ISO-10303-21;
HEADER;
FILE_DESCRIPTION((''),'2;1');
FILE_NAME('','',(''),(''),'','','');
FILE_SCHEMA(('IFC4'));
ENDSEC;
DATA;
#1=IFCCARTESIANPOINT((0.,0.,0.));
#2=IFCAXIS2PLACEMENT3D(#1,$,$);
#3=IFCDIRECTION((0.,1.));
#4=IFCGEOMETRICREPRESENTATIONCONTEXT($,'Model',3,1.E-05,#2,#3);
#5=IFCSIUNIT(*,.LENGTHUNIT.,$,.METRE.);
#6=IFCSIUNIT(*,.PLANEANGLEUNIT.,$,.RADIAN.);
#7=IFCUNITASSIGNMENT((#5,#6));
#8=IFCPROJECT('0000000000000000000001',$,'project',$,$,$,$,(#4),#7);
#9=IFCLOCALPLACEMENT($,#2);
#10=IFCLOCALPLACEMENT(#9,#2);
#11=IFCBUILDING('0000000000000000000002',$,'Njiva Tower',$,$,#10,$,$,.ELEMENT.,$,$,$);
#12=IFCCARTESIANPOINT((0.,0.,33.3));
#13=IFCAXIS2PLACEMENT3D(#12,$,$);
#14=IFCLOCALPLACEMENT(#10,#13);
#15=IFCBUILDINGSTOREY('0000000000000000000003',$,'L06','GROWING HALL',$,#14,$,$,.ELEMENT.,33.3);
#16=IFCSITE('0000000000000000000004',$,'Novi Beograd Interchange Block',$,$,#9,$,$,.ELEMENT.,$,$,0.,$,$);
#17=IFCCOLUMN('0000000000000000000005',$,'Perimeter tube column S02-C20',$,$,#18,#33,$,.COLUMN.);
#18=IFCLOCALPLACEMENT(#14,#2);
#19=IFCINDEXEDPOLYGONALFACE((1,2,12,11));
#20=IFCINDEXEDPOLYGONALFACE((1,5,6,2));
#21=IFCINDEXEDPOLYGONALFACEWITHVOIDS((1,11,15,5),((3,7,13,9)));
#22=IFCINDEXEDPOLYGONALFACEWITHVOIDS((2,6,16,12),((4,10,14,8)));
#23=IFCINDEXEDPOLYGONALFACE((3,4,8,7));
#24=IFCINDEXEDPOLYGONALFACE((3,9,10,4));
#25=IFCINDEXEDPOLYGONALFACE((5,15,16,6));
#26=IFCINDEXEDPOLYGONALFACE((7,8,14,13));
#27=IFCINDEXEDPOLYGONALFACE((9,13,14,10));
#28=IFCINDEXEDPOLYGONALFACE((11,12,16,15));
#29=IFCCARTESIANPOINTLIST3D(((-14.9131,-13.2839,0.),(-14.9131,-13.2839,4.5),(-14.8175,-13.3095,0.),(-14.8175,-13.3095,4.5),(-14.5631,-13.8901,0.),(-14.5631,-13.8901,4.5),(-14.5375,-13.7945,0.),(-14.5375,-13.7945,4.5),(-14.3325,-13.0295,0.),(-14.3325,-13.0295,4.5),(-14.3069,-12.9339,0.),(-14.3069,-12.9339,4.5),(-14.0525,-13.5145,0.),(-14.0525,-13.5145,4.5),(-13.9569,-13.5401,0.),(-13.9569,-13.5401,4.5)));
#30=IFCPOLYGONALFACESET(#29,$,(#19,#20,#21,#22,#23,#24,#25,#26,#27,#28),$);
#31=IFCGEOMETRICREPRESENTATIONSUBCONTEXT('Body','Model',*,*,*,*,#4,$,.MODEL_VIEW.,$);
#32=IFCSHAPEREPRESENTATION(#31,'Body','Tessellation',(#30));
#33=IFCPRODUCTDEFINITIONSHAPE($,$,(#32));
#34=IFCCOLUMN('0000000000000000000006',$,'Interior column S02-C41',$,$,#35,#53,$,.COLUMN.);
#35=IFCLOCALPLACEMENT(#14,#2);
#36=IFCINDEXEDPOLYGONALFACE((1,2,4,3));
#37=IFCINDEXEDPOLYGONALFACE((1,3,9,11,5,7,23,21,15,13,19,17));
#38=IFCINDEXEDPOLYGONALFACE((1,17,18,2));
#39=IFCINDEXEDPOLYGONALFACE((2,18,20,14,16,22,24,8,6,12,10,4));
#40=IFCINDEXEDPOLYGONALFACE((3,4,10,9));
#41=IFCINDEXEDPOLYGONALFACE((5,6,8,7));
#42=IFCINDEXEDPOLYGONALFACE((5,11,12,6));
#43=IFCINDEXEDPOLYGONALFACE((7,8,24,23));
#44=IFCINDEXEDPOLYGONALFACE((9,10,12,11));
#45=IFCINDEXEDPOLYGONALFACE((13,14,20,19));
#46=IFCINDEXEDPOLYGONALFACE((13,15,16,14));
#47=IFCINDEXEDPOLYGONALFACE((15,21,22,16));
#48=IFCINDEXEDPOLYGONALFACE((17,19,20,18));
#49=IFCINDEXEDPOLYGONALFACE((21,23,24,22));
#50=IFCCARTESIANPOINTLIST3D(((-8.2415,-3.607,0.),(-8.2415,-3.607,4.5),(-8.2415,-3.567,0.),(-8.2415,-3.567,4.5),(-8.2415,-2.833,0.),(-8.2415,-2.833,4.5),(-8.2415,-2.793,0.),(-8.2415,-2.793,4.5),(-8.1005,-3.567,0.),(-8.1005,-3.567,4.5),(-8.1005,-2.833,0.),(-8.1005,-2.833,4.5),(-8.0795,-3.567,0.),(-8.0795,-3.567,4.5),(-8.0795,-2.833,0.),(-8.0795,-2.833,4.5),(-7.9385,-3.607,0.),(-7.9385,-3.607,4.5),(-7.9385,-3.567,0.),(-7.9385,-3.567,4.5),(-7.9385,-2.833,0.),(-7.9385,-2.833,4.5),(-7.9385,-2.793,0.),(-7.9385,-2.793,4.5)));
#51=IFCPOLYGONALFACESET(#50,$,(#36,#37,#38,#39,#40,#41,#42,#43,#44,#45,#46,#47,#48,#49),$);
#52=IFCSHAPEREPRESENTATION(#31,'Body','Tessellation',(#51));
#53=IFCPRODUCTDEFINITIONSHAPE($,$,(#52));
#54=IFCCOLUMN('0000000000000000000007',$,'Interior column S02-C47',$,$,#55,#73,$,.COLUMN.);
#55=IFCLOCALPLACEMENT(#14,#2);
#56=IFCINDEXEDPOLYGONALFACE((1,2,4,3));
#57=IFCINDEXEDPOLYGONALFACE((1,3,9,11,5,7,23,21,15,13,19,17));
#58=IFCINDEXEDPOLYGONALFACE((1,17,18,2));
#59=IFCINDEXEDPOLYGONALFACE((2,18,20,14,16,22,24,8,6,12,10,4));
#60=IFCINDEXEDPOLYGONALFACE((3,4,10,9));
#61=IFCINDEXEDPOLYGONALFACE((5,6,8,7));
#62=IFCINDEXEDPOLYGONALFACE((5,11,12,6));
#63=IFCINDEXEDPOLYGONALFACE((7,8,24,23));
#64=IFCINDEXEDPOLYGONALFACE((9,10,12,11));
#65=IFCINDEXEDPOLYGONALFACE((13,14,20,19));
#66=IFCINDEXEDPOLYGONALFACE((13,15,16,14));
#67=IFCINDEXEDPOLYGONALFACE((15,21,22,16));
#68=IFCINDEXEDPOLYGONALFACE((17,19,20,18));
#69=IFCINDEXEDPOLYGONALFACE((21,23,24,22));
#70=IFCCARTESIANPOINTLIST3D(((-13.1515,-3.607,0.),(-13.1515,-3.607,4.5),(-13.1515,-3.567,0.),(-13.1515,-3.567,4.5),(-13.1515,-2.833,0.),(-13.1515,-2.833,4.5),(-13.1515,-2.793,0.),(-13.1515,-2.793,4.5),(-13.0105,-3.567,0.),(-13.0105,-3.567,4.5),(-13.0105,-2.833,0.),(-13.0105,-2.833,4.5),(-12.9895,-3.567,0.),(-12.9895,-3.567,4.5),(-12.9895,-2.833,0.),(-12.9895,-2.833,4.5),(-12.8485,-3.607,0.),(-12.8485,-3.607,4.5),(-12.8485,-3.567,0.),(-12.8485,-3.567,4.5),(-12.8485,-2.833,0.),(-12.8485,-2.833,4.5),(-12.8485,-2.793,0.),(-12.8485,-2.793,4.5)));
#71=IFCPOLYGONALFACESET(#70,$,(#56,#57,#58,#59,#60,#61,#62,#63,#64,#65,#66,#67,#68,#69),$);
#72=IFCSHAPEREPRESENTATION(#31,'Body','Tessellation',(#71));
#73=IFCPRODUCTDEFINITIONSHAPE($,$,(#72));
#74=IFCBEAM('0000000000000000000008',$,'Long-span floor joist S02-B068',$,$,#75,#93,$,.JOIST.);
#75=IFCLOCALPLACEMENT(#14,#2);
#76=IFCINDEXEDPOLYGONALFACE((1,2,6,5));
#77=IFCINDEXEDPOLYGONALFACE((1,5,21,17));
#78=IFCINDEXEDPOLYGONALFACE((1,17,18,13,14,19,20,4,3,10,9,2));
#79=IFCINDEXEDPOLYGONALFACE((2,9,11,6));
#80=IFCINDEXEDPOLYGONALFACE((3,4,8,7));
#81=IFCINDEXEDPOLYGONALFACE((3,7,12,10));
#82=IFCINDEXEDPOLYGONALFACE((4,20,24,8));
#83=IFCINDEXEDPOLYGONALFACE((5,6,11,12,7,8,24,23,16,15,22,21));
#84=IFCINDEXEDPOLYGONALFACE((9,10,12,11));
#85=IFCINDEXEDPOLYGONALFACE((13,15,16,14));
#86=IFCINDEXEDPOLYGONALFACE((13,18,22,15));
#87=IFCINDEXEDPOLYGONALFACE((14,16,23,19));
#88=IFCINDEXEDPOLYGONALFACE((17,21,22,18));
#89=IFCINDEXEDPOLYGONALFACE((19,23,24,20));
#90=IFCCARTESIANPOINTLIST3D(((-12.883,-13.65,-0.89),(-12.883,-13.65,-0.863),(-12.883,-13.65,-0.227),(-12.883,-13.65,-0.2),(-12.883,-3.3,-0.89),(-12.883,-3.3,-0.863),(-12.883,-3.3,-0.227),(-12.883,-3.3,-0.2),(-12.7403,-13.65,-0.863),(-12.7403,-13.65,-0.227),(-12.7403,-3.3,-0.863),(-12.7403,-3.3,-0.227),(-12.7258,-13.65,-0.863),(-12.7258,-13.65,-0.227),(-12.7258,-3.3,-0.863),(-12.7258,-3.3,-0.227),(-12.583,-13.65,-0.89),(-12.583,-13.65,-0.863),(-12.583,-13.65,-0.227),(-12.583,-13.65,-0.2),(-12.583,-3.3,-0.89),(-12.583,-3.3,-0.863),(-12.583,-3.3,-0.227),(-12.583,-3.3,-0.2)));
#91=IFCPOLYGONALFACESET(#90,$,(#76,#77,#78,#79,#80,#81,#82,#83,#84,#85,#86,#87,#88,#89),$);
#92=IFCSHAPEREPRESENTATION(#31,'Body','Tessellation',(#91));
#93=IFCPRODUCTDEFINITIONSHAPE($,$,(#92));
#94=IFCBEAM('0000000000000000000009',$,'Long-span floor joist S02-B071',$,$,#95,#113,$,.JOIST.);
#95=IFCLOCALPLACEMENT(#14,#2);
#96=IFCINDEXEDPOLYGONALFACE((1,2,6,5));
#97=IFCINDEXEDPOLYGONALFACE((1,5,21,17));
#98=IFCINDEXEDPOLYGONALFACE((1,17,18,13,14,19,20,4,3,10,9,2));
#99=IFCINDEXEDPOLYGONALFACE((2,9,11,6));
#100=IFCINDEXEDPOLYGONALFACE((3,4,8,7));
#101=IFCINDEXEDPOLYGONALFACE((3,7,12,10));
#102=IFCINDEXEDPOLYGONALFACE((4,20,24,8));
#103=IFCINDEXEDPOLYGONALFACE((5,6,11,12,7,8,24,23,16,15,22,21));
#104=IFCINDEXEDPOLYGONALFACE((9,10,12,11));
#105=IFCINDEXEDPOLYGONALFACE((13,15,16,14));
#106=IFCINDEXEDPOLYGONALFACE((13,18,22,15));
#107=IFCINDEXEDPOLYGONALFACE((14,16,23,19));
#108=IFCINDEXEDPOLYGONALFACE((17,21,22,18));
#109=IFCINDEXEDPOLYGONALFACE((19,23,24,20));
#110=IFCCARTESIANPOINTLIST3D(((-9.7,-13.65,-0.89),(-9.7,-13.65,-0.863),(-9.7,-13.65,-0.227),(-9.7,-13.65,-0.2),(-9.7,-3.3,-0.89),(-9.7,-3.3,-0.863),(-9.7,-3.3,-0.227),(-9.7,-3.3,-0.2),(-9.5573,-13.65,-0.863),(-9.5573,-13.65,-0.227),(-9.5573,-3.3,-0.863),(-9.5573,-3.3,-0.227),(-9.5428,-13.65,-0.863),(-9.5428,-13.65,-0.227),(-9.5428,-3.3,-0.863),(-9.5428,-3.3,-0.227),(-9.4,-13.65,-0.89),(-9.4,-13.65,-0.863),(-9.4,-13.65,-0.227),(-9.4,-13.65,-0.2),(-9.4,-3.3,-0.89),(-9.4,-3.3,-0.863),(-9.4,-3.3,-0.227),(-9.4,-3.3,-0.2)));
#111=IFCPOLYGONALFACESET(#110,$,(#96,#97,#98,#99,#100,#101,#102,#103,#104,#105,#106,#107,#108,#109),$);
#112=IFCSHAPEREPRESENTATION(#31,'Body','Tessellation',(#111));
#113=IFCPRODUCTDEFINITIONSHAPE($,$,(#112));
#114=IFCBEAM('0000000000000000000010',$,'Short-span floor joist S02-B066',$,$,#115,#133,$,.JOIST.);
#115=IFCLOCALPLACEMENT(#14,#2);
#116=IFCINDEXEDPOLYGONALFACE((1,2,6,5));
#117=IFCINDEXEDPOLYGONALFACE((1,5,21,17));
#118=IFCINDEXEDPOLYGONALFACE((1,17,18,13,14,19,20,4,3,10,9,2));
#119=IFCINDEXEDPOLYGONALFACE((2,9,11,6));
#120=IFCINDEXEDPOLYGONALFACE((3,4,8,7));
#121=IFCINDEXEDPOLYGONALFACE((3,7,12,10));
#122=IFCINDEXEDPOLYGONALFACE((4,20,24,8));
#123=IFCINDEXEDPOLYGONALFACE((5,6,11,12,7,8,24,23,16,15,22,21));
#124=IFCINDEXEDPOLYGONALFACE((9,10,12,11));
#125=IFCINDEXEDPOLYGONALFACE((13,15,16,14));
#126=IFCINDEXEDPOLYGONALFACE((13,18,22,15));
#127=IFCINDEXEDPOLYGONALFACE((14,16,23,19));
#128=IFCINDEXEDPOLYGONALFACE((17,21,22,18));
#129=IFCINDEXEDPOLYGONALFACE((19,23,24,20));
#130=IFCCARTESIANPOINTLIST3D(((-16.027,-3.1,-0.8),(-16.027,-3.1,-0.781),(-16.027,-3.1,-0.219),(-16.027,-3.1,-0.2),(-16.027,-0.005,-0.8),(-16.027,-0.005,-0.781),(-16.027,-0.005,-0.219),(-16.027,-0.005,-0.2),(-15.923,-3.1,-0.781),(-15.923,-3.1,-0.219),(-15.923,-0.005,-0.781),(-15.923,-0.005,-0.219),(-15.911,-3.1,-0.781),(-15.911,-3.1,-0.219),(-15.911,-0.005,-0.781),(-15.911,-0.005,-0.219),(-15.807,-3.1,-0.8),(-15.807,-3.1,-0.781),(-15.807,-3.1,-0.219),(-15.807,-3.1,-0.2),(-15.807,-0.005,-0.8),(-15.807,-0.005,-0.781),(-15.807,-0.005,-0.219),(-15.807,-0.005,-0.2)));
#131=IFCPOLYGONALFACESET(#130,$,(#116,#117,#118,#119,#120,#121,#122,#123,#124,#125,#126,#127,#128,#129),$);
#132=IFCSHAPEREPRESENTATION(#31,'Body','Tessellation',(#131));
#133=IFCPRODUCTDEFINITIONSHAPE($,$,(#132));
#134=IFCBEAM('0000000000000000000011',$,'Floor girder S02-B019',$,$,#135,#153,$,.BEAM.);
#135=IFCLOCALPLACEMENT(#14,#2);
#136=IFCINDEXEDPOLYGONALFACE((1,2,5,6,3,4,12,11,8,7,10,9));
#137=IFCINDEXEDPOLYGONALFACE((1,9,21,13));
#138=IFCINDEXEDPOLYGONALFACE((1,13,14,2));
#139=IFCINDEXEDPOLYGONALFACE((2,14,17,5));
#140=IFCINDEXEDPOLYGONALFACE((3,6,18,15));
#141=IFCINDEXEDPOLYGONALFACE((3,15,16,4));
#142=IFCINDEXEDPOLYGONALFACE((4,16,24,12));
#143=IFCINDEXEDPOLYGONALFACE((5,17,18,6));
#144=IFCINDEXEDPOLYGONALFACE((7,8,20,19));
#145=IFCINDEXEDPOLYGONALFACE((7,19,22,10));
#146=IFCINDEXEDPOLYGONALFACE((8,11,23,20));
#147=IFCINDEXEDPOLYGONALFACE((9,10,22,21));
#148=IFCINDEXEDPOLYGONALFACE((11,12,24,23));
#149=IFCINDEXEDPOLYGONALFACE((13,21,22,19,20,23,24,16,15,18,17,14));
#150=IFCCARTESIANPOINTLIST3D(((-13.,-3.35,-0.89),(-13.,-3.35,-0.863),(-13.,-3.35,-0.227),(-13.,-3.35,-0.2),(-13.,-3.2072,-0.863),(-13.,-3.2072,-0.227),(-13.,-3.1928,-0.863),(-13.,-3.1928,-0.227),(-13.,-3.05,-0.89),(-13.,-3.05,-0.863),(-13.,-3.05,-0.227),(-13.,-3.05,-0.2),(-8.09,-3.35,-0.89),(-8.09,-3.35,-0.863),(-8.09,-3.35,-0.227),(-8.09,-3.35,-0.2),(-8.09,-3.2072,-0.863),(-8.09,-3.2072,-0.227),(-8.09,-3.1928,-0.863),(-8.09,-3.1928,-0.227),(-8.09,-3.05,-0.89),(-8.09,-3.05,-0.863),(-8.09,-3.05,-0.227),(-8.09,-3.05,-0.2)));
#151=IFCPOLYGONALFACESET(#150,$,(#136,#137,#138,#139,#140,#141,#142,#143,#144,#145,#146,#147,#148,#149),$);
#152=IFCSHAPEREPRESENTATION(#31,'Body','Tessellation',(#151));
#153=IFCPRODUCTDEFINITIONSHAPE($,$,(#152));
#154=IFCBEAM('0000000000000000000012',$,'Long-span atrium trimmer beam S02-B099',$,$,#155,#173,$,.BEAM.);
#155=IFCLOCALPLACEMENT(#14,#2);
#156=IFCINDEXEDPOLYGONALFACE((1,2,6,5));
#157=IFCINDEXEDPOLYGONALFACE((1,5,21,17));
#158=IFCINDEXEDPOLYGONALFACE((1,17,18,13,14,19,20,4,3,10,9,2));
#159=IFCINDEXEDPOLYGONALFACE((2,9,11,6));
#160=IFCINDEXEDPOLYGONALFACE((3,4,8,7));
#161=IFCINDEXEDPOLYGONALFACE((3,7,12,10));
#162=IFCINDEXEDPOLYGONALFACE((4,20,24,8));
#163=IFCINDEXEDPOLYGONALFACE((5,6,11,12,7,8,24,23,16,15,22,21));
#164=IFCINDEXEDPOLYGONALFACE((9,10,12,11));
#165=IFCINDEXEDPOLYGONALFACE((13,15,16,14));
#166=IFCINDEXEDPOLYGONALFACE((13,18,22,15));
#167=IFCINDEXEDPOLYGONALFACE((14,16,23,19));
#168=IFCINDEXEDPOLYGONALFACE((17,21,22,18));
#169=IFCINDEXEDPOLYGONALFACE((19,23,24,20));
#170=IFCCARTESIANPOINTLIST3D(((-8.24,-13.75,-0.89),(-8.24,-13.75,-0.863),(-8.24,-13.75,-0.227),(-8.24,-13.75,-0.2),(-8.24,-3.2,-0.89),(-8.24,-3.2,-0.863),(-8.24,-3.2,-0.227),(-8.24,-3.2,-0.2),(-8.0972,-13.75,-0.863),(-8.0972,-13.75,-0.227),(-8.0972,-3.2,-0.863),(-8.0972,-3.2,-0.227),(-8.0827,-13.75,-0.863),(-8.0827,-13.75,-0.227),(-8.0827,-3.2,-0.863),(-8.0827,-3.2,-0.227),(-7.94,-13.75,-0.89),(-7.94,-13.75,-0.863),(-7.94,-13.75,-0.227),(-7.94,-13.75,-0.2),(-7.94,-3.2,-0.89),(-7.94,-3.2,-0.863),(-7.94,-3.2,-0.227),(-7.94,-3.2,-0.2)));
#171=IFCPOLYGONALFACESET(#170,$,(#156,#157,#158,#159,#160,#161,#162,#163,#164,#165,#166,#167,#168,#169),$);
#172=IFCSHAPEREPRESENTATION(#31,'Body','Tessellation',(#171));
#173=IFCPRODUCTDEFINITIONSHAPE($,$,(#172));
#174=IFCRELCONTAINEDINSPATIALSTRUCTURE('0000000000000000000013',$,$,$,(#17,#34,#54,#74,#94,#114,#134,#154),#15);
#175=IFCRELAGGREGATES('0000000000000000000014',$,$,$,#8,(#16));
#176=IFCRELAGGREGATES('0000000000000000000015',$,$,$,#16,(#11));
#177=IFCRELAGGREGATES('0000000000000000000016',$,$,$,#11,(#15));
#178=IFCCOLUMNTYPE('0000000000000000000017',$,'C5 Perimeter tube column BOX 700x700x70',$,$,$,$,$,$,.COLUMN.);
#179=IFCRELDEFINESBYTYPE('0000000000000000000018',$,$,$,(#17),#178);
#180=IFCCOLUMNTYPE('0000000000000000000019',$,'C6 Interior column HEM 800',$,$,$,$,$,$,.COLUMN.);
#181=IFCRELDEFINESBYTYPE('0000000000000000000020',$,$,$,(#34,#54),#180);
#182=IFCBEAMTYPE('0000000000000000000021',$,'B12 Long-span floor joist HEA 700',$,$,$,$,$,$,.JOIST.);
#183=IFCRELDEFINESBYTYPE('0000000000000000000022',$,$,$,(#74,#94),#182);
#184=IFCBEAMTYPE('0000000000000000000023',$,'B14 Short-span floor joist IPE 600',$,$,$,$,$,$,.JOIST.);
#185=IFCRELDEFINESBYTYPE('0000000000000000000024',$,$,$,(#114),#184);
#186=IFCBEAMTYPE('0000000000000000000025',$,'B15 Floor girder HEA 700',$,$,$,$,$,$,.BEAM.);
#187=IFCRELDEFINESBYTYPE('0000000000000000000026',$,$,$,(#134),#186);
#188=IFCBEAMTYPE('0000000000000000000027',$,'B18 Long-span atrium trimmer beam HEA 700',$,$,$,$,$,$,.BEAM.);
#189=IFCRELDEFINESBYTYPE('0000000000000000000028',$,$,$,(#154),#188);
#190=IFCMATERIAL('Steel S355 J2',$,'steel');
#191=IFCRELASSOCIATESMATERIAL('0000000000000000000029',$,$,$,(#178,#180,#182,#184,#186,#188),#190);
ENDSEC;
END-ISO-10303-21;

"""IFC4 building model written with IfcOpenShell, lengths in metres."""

from ifc_helpers import new_model, si_unit, direction, frame, origin, origin_2d, place, context, subcontext, project, spatial, hollow_rectangle, i_section, extrude, material, material_profile, profile_set, type_object, element, save


model = new_model("IFC4")

# Units and contexts
model_context = context("Model", 3, precision=1e-05, world=origin(), true_north=direction((0.0, 1.0)))
body_context = subcontext(model_context, "Body", "Model", "MODEL_VIEW")
ifc_project = project(units=[si_unit("LENGTHUNIT", "METRE"), si_unit("PLANEANGLEUNIT", "RADIAN")], contexts=[model_context])

# Site, building, storey
site_placement = place(None, origin())
site = spatial("IfcSite", under=ifc_project, at=site_placement, Name="Novi Beograd Interchange Block", CompositionType="ELEMENT", RefElevation=0.0)
building_placement = place(site_placement, origin())
building = spatial("IfcBuilding", under=site, at=building_placement, Name="Njiva Tower", CompositionType="ELEMENT")
storey_placement = place(building_placement, frame((0.0, 0.0, 33.3)))
storey = spatial("IfcBuildingStorey", under=building, at=storey_placement, Name="L06", Description="GROWING HALL", CompositionType="ELEMENT", Elevation=33.3)

# Columns
ifc_material_1 = material(Name="Steel S355 J2", Category="steel")
ifc_material_profile_1 = material_profile(ifc_material_1, hollow_rectangle(XDim=0.7, YDim=0.7, WallThickness=0.07, at=origin_2d()), Name="BOX 700x700x70")
ifc_profile_set_1 = profile_set([ifc_material_profile_1], Name="Steel S355 J2")
column_type_1 = type_object("IfcColumnType", Name="C5 Perimeter tube column BOX 700x700x70", PredefinedType="COLUMN", material=ifc_profile_set_1)
column_placement = place(storey_placement, frame((-14.435, -13.412, 0.0), z_axis=(0.0, 0.0, 1.0), x_axis=(0.5, -0.866025, 0.0)))
element("IfcColumn", 1, at=column_placement, inside=storey, type_object=column_type_1, Name="Perimeter tube column S02-C20", PredefinedType="COLUMN", context=body_context, shape_type="SweptSolid", body=[
    extrude(hollow_rectangle(XDim=0.7, YDim=0.7, WallThickness=0.07, at=origin_2d()), origin(), (0.0, 0.0, 1.0), 4.5),
])
ifc_material_profile_2 = material_profile(ifc_material_1, i_section(OverallWidth=0.303, OverallDepth=0.814, WebThickness=0.021, FlangeThickness=0.04, at=origin_2d()), Name="HEM 800")
ifc_profile_set_2 = profile_set([ifc_material_profile_2], Name="Steel S355 J2")
column_type_2 = type_object("IfcColumnType", Name="C6 Interior column HEM 800", PredefinedType="COLUMN", material=ifc_profile_set_2)
for number, where, z_axis, x_axis, name in (
    (2, (-8.09, -3.2, 0.0), (0.0, 0.0, 1.0), (1.0, 0.0, 0.0), "Interior column S02-C41"),
    (3, (-13.0, -3.2, 0.0), (0.0, 0.0, 1.0), (1.0, 0.0, 0.0), "Interior column S02-C47"),
):
    element("IfcColumn", number, at=place(storey_placement, frame(where, z_axis=z_axis, x_axis=x_axis)), inside=storey, type_object=column_type_2, Name=name, PredefinedType="COLUMN", context=body_context, shape_type="SweptSolid", body=[
        extrude(i_section(OverallWidth=0.303, OverallDepth=0.814, WebThickness=0.021, FlangeThickness=0.04, at=origin_2d()), origin(), (0.0, 0.0, 1.0), 4.5),
    ])

# Beams
ifc_material_profile_3 = material_profile(ifc_material_1, i_section(OverallWidth=0.3, OverallDepth=0.69, WebThickness=0.0145, FlangeThickness=0.027, at=origin_2d()), Name="HEA 700")
ifc_profile_set_3 = profile_set([ifc_material_profile_3], Name="Steel S355 J2")
beam_type_1 = type_object("IfcBeamType", Name="B12 Long-span floor joist HEA 700", PredefinedType="JOIST", material=ifc_profile_set_3)
for number, where, z_axis, x_axis, name in (
    (4, (-12.733, -3.3, -0.545), (0.0, -1.0, 0.0), (1.0, 0.0, 0.0), "Long-span floor joist S02-B068"),
    (5, (-9.55, -3.3, -0.545), (0.0, -1.0, 0.0), (1.0, 0.0, 0.0), "Long-span floor joist S02-B071"),
):
    element("IfcBeam", number, at=place(storey_placement, frame(where, z_axis=z_axis, x_axis=x_axis)), inside=storey, type_object=beam_type_1, Name=name, PredefinedType="JOIST", context=body_context, shape_type="SweptSolid", body=[
        extrude(i_section(OverallWidth=0.3, OverallDepth=0.69, WebThickness=0.0145, FlangeThickness=0.027, at=origin_2d()), origin(), (0.0, 0.0, 1.0), 10.35),
    ])
ifc_material_profile_4 = material_profile(ifc_material_1, i_section(OverallWidth=0.22, OverallDepth=0.6, WebThickness=0.012, FlangeThickness=0.019, at=origin_2d()), Name="IPE 600")
ifc_profile_set_4 = profile_set([ifc_material_profile_4], Name="Steel S355 J2")
beam_type_2 = type_object("IfcBeamType", Name="B14 Short-span floor joist IPE 600", PredefinedType="JOIST", material=ifc_profile_set_4)
beam_1_placement = place(storey_placement, frame((-15.917, -0.005, -0.5), z_axis=(0.0, -1.0, 0.0), x_axis=(1.0, 0.0, 0.0)))
element("IfcBeam", 6, at=beam_1_placement, inside=storey, type_object=beam_type_2, Name="Short-span floor joist S02-B066", PredefinedType="JOIST", context=body_context, shape_type="SweptSolid", body=[
    extrude(i_section(OverallWidth=0.22, OverallDepth=0.6, WebThickness=0.012, FlangeThickness=0.019, at=origin_2d()), origin(), (0.0, 0.0, 1.0), 3.095),
])
ifc_material_profile_5 = material_profile(ifc_material_1, i_section(OverallWidth=0.3, OverallDepth=0.69, WebThickness=0.0145, FlangeThickness=0.027, at=origin_2d()), Name="HEA 700")
ifc_profile_set_5 = profile_set([ifc_material_profile_5], Name="Steel S355 J2")
beam_type_3 = type_object("IfcBeamType", Name="B15 Floor girder HEA 700", PredefinedType="BEAM", material=ifc_profile_set_5)
beam_2_placement = place(storey_placement, frame((-13.0, -3.2, -0.545), z_axis=(1.0, 0.0, 0.0), x_axis=(0.0, 1.0, 0.0)))
element("IfcBeam", 7, at=beam_2_placement, inside=storey, type_object=beam_type_3, Name="Floor girder S02-B019", PredefinedType="BEAM", context=body_context, shape_type="SweptSolid", body=[
    extrude(i_section(OverallWidth=0.3, OverallDepth=0.69, WebThickness=0.0145, FlangeThickness=0.027, at=origin_2d()), origin(), (0.0, 0.0, 1.0), 4.91),
])
ifc_material_profile_6 = material_profile(ifc_material_1, i_section(OverallWidth=0.3, OverallDepth=0.69, WebThickness=0.0145, FlangeThickness=0.027, at=origin_2d()), Name="HEA 700")
ifc_profile_set_6 = profile_set([ifc_material_profile_6], Name="Steel S355 J2")
beam_type_4 = type_object("IfcBeamType", Name="B18 Long-span atrium trimmer beam HEA 700", PredefinedType="BEAM", material=ifc_profile_set_6)
beam_3_placement = place(storey_placement, frame((-8.09, -3.2, -0.545), z_axis=(0.0, -1.0, 0.0), x_axis=(1.0, 0.0, 0.0)))
element("IfcBeam", 8, at=beam_3_placement, inside=storey, type_object=beam_type_4, Name="Long-span atrium trimmer beam S02-B099", PredefinedType="BEAM", context=body_context, shape_type="SweptSolid", body=[
    extrude(i_section(OverallWidth=0.3, OverallDepth=0.69, WebThickness=0.0145, FlangeThickness=0.027, at=origin_2d()), origin(), (0.0, 0.0, 1.0), 10.55),
])

save(model, "model.ifc")
